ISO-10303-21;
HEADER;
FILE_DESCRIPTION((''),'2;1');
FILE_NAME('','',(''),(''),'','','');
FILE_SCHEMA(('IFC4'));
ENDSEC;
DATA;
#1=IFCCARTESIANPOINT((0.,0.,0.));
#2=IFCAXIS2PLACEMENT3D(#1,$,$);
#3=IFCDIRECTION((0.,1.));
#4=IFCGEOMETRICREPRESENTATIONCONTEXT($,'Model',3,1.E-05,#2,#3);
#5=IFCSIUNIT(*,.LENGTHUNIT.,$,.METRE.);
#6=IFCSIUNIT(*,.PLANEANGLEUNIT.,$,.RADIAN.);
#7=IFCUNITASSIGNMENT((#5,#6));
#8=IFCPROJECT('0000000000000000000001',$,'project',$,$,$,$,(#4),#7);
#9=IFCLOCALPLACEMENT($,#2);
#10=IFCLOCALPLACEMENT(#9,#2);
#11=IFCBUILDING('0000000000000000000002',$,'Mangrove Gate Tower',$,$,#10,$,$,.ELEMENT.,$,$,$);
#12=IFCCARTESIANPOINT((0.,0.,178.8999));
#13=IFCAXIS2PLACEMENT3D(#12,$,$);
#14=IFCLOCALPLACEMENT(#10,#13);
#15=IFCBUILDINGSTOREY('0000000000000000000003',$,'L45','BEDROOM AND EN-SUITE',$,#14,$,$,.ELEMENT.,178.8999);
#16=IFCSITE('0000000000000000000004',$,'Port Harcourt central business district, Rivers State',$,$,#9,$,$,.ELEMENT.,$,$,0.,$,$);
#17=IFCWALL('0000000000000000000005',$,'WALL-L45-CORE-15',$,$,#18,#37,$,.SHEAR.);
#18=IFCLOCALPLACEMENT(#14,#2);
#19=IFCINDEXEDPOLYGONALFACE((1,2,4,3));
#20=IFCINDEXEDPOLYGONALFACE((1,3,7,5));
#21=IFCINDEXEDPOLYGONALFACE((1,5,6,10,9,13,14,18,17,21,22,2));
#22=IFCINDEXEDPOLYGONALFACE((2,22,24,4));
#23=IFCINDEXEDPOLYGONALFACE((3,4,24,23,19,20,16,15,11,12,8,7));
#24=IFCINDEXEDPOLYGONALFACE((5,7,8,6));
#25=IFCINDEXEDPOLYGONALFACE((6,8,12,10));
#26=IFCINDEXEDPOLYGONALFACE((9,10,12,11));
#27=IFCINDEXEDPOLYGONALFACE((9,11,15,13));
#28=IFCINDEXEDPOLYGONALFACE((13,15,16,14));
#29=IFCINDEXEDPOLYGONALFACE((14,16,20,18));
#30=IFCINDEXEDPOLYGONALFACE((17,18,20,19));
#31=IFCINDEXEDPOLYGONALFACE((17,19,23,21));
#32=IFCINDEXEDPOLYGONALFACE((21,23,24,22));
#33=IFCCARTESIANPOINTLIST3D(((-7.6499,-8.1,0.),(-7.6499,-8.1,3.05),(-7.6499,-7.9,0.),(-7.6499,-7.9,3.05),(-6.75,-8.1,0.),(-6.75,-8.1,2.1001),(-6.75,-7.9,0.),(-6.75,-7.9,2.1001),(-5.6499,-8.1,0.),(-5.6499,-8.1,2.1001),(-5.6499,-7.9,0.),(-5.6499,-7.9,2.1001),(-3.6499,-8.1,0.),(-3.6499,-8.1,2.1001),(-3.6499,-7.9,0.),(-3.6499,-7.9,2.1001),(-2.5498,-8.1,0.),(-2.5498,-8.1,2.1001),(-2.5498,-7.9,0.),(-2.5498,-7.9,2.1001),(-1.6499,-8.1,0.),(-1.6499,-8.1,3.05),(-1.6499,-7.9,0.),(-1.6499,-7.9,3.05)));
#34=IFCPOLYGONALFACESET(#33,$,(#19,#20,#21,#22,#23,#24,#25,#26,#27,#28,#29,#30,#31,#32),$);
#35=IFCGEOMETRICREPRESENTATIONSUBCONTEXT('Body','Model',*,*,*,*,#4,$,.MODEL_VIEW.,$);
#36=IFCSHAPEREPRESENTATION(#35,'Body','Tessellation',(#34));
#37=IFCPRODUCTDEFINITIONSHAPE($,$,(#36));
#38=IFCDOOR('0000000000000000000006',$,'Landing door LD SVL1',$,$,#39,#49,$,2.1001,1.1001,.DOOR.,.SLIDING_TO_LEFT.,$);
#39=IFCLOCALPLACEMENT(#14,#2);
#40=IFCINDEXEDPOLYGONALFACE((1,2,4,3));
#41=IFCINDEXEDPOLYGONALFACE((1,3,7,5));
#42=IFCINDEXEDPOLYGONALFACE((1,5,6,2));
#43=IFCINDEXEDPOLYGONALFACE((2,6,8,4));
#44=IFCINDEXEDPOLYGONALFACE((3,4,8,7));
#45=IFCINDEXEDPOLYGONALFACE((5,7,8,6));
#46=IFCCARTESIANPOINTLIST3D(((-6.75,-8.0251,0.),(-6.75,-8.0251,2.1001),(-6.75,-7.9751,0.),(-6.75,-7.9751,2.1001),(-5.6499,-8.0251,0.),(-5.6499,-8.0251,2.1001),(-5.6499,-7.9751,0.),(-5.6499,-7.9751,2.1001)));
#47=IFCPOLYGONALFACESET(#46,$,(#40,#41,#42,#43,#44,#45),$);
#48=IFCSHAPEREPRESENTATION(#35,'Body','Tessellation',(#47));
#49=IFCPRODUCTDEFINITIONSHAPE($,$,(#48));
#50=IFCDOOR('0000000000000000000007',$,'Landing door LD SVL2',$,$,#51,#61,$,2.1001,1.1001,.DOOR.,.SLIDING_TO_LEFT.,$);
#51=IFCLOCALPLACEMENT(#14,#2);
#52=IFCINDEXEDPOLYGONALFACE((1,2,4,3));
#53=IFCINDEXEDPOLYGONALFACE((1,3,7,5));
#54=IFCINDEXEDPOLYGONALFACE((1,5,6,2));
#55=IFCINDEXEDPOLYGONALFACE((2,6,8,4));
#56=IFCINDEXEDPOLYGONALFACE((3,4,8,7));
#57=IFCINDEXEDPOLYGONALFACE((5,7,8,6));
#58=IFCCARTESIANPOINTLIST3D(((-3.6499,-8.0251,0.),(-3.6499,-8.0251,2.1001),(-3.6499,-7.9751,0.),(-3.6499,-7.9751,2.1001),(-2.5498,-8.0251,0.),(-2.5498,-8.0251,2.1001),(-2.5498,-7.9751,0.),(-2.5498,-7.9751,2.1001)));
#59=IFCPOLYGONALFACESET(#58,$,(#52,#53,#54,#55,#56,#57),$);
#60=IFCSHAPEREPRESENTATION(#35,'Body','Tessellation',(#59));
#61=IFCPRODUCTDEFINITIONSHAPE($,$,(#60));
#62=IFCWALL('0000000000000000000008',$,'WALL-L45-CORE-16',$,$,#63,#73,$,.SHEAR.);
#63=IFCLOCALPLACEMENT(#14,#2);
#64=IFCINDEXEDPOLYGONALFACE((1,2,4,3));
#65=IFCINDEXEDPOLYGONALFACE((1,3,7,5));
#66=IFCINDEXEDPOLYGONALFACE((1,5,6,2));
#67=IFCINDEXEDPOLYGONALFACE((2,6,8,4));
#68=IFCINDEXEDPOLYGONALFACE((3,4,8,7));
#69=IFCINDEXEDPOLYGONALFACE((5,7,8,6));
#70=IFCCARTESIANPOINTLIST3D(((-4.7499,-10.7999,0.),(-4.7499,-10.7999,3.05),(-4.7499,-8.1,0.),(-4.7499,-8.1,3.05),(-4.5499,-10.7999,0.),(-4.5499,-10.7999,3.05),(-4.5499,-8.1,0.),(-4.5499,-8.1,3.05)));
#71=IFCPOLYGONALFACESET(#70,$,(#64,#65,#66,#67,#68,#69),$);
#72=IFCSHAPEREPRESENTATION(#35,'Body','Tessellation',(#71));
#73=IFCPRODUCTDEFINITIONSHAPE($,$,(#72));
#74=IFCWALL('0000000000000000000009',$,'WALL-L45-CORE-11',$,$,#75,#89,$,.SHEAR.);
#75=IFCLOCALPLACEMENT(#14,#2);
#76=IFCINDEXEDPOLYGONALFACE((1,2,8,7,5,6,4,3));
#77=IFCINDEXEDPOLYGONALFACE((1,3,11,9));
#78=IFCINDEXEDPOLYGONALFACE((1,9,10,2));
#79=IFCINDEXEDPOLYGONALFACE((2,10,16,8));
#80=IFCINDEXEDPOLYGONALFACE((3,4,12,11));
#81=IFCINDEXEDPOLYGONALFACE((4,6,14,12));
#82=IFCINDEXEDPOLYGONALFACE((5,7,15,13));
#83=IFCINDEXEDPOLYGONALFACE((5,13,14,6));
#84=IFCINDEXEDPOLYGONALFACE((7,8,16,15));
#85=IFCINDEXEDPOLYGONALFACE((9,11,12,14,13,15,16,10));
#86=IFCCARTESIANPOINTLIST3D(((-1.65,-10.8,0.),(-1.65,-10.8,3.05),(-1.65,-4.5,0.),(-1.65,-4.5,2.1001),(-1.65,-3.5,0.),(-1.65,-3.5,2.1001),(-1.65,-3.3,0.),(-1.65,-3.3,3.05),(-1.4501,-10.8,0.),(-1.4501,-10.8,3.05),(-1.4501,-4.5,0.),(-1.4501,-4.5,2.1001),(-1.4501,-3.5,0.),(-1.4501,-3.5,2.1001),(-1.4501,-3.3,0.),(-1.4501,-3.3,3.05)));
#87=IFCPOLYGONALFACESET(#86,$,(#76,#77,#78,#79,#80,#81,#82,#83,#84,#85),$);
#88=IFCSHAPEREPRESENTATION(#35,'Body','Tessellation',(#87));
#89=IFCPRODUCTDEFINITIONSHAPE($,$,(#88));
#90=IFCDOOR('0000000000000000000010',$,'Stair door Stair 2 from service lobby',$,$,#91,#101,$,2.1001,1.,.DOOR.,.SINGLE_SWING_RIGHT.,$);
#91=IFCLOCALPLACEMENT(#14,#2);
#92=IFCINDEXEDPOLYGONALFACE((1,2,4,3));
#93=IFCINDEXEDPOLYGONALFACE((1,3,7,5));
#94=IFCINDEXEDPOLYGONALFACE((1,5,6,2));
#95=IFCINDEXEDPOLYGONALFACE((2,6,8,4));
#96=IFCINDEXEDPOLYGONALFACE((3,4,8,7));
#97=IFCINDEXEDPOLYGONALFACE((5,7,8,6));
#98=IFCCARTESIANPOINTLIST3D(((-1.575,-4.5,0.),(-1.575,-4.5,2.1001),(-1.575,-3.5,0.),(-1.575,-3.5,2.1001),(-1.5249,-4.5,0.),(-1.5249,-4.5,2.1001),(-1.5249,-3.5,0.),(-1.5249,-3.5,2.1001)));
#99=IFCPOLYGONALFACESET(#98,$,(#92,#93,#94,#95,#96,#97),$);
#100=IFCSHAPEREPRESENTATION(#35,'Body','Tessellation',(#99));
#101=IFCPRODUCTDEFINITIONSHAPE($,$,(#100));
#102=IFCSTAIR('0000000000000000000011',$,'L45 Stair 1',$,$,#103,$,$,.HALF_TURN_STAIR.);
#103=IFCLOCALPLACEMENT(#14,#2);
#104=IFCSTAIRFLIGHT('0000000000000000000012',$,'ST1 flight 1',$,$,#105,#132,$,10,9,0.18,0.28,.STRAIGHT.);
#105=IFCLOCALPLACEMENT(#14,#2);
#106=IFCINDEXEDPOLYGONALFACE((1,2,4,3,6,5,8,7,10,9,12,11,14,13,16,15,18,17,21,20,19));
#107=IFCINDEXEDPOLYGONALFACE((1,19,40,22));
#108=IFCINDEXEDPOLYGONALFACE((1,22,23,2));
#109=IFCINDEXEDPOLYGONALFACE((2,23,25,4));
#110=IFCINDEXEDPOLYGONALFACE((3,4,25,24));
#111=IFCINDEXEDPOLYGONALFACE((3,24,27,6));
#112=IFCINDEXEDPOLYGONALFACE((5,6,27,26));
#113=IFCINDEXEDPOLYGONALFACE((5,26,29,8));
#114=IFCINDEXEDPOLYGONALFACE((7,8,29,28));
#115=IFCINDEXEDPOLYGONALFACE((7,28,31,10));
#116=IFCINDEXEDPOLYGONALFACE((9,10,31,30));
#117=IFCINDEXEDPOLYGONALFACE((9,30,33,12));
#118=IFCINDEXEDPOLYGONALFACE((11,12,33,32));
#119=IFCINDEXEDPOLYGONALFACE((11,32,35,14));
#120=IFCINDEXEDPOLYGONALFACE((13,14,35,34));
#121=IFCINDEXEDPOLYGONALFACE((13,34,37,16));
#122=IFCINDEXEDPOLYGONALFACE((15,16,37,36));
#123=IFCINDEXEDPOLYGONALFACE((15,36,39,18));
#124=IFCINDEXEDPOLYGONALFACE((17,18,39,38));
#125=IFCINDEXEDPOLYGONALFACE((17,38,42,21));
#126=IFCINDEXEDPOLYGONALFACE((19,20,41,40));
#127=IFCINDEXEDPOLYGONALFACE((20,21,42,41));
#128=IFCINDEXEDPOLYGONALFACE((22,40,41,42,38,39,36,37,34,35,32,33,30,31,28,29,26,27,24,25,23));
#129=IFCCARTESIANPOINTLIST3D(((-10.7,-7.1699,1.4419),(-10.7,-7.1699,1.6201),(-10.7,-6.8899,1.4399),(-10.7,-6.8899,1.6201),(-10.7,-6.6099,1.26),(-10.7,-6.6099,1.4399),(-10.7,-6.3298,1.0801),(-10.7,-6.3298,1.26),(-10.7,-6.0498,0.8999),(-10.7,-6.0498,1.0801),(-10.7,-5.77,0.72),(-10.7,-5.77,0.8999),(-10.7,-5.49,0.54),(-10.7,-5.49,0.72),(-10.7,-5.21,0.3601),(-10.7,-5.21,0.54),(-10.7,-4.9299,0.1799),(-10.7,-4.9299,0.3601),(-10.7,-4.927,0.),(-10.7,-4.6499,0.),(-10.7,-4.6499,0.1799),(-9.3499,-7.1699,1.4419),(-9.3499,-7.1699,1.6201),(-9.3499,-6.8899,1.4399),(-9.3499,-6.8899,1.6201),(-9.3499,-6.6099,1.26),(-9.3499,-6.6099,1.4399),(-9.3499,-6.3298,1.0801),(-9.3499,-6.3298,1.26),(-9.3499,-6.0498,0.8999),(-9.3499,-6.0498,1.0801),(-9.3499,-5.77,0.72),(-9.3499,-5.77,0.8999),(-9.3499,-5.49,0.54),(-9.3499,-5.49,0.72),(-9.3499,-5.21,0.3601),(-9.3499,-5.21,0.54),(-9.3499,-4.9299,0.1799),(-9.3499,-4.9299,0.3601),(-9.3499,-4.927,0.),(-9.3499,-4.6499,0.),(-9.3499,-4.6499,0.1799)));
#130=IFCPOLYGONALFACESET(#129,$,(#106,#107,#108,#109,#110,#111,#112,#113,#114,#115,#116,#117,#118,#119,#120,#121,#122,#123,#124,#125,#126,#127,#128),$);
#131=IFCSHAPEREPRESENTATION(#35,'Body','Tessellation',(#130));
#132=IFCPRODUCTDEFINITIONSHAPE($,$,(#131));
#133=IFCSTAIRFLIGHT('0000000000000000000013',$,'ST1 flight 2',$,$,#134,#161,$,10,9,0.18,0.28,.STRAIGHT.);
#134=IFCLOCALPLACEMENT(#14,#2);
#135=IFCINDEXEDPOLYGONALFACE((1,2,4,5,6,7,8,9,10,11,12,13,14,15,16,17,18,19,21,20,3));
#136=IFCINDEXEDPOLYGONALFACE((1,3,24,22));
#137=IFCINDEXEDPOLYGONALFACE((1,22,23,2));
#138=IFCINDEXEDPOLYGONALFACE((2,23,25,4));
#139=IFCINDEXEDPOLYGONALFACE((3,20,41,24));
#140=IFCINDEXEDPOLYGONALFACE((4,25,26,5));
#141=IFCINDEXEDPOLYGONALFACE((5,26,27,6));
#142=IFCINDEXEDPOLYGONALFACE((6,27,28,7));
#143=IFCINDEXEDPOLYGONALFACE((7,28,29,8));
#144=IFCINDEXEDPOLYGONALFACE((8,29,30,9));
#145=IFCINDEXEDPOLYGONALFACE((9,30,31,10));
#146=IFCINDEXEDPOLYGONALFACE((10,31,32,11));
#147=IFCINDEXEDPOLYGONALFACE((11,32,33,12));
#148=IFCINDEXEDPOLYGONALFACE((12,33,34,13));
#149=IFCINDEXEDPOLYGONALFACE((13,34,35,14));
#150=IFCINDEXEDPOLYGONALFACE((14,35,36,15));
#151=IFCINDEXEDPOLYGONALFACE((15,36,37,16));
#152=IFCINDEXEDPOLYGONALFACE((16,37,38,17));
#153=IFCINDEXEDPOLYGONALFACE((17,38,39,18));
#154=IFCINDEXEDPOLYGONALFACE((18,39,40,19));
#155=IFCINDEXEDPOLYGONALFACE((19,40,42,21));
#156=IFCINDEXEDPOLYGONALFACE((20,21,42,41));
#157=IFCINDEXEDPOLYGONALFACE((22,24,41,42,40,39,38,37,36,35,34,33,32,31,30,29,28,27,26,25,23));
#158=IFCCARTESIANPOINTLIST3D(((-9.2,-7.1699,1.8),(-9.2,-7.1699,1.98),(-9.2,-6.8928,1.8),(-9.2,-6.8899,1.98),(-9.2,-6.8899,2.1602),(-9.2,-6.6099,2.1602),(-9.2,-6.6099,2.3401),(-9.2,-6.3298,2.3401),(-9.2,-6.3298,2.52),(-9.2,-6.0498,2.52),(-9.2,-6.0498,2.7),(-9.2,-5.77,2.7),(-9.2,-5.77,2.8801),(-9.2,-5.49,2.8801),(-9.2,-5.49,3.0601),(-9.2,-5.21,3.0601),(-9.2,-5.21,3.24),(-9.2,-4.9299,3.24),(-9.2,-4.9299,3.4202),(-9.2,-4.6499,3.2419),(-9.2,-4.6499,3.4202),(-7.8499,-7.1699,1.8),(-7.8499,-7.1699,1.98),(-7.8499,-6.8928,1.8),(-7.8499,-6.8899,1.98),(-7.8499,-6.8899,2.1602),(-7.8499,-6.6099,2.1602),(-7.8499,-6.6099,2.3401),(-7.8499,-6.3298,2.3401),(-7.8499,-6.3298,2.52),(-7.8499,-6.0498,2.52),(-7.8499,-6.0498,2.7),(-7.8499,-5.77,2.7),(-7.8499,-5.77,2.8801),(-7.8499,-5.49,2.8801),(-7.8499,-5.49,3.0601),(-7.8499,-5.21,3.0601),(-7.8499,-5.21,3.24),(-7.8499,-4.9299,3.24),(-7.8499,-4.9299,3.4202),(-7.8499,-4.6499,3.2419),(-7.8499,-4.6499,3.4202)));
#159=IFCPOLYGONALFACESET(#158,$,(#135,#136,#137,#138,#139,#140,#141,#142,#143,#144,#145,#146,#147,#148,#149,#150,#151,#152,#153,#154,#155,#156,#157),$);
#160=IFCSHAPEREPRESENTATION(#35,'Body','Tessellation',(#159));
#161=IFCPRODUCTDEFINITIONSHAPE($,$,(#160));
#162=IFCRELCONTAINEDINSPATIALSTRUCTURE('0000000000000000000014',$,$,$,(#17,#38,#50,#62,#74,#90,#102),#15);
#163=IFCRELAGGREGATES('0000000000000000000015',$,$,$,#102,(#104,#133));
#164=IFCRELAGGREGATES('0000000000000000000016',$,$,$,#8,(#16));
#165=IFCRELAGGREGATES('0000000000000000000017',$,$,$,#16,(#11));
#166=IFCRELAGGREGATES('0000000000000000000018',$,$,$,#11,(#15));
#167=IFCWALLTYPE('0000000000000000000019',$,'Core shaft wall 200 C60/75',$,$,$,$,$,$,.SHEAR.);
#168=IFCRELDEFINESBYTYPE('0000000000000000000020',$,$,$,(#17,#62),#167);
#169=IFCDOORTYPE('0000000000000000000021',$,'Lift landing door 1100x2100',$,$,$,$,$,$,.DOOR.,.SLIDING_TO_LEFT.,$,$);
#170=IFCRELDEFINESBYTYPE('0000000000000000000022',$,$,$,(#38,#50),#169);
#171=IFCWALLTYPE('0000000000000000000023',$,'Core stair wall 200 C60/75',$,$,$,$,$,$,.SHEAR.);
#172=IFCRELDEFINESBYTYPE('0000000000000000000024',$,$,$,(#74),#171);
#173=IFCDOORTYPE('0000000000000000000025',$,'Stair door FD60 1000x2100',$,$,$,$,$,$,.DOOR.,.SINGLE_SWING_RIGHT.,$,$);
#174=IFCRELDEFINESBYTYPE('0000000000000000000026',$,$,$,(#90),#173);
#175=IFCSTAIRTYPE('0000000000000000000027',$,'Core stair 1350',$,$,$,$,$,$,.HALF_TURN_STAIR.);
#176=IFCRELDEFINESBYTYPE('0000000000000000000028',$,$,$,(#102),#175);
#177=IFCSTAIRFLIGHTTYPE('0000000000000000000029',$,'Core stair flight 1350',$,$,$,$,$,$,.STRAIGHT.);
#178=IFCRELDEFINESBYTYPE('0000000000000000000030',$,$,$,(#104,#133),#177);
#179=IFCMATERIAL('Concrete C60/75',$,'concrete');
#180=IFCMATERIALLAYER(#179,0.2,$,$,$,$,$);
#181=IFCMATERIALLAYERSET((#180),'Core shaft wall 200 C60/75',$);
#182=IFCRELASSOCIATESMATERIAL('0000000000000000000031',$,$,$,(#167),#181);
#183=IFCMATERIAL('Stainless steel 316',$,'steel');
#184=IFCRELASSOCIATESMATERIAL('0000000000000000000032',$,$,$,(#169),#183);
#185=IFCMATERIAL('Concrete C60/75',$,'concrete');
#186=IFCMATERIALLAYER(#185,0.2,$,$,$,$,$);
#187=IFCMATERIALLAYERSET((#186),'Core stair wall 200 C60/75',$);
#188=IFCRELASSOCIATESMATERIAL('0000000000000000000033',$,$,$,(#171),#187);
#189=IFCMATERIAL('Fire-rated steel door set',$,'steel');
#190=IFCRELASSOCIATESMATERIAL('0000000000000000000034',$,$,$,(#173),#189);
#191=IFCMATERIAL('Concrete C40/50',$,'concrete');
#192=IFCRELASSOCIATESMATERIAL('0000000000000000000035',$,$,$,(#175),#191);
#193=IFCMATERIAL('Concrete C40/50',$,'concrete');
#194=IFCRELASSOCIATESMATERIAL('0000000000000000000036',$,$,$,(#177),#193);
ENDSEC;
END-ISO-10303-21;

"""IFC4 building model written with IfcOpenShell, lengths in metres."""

from ifc_helpers import new_model, si_unit, direction, frame, frame_2d, origin, place, context, subcontext, project, spatial, polyline, rectangle, outline, extrude, material, layer, layer_set, type_object, element, fill, aggregate, save


model = new_model("IFC4")

# Units and contexts
model_context = context("Model", 3, precision=1e-05, world=origin(), true_north=direction((0.0, 1.0)))
body_context = subcontext(model_context, "Body", "Model", "MODEL_VIEW")
ifc_project = project(units=[si_unit("LENGTHUNIT", "METRE"), si_unit("PLANEANGLEUNIT", "RADIAN")], contexts=[model_context])

# Site, building, storey
site_placement = place(None, origin())
site = spatial("IfcSite", under=ifc_project, at=site_placement, Name="Port Harcourt central business district, Rivers State", CompositionType="ELEMENT", RefElevation=0.0)
building_placement = place(site_placement, origin())
building = spatial("IfcBuilding", under=site, at=building_placement, Name="Mangrove Gate Tower", CompositionType="ELEMENT")
storey_placement = place(building_placement, frame((0.0, 0.0, 178.8999)))
storey = spatial("IfcBuildingStorey", under=building, at=storey_placement, Name="L45", Description="BEDROOM AND EN-SUITE", CompositionType="ELEMENT", Elevation=178.8999)

# Wall, openings, doors
ifc_material_1 = material(Name="Concrete C60/75", Category="concrete")
ifc_layer_1 = layer(ifc_material_1, 0.2)
ifc_layer_set_1 = layer_set([ifc_layer_1], Name="Core shaft wall 200 C60/75")
wall_type_1 = type_object("IfcWallType", Name="Core shaft wall 200 C60/75", PredefinedType="SHEAR", material=ifc_layer_set_1)
wall_1_placement = place(storey_placement, frame((-7.6499, -8.0, 0.0), z_axis=(0.0, 0.0, 1.0), x_axis=(1.0, 0.0, 0.0)))
wall_1 = element("IfcWall", 1, at=wall_1_placement, inside=storey, type_object=wall_type_1, Name="WALL-L45-CORE-15", PredefinedType="SHEAR", context=body_context, shape_type="SweptSolid", body=[
    extrude(rectangle(XDim=6.0, YDim=0.2, at=frame_2d((3.0, 0.0))), origin(), (0.0, 0.0, 1.0), 3.05),
])
opening_1_placement = place(wall_1_placement, frame((0.8999, 0.0, 0.0)))
opening_1 = element("IfcOpeningElement", 2, at=opening_1_placement, cuts=wall_1, PredefinedType="OPENING", context=body_context, shape_type="SweptSolid", body=[
    extrude(rectangle(XDim=1.1001, YDim=2.1001, at=frame_2d((0.55, 1.05))), frame((0.0, 0.1099, 0.0), z_axis=(0.0, -1.0, 0.0), x_axis=(1.0, 0.0, 0.0)), (0.0, 0.0, 1.0), 0.22),
])
opening_2_placement = place(wall_1_placement, frame((4.0, 0.0, 0.0)))
opening_2 = element("IfcOpeningElement", 3, at=opening_2_placement, cuts=wall_1, PredefinedType="OPENING", context=body_context, shape_type="SweptSolid", body=[
    extrude(rectangle(XDim=1.1001, YDim=2.1001, at=frame_2d((0.55, 1.05))), frame((0.0, 0.1099, 0.0), z_axis=(0.0, -1.0, 0.0), x_axis=(1.0, 0.0, 0.0)), (0.0, 0.0, 1.0), 0.22),
])
ifc_material_2 = material(Name="Stainless steel 316", Category="steel")
door_type_1 = type_object("IfcDoorType", Name="Lift landing door 1100x2100", OperationType="SLIDING_TO_LEFT", PredefinedType="DOOR", material=ifc_material_2)
door_1_placement = place(opening_1_placement, origin())
door_1 = element("IfcDoor", 4, at=door_1_placement, inside=storey, type_object=door_type_1, Name="Landing door LD SVL1", OperationType="SLIDING_TO_LEFT", OverallHeight=2.1001, OverallWidth=1.1001, PredefinedType="DOOR", context=body_context, shape_type="SweptSolid", body=[
    extrude(rectangle(XDim=1.1001, YDim=2.1001, at=frame_2d((0.55, 1.05))), frame((0.0, 0.0249, 0.0), z_axis=(0.0, -1.0, 0.0), x_axis=(1.0, 0.0, 0.0)), (0.0, 0.0, 1.0), 0.05),
])
fill(opening_1, door_1)
door_2_placement = place(opening_2_placement, origin())
door_2 = element("IfcDoor", 5, at=door_2_placement, inside=storey, type_object=door_type_1, Name="Landing door LD SVL2", OperationType="SLIDING_TO_LEFT", OverallHeight=2.1001, OverallWidth=1.1001, PredefinedType="DOOR", context=body_context, shape_type="SweptSolid", body=[
    extrude(rectangle(XDim=1.1001, YDim=2.1001, at=frame_2d((0.55, 1.05))), frame((0.0, 0.0249, 0.0), z_axis=(0.0, -1.0, 0.0), x_axis=(1.0, 0.0, 0.0)), (0.0, 0.0, 1.0), 0.05),
])
fill(opening_2, door_2)

# Wall
wall_2_placement = place(storey_placement, frame((-4.6499, -10.8, 0.0), z_axis=(0.0, 0.0, 1.0), x_axis=(0.0, 1.0, 0.0)))
element("IfcWall", 6, at=wall_2_placement, inside=storey, type_object=wall_type_1, Name="WALL-L45-CORE-16", PredefinedType="SHEAR", context=body_context, shape_type="SweptSolid", body=[
    extrude(rectangle(XDim=2.7, YDim=0.2, at=frame_2d((1.3501, 0.0))), origin(), (0.0, 0.0, 1.0), 3.05),
])

# Wall, opening, door
ifc_material_3 = material(Name="Concrete C60/75", Category="concrete")
ifc_layer_2 = layer(ifc_material_3, 0.2)
ifc_layer_set_2 = layer_set([ifc_layer_2], Name="Core stair wall 200 C60/75")
wall_type_2 = type_object("IfcWallType", Name="Core stair wall 200 C60/75", PredefinedType="SHEAR", material=ifc_layer_set_2)
wall_3_placement = place(storey_placement, frame((-1.55, -10.8, 0.0), z_axis=(0.0, 0.0, 1.0), x_axis=(0.0, 1.0, 0.0)))
wall_3 = element("IfcWall", 7, at=wall_3_placement, inside=storey, type_object=wall_type_2, Name="WALL-L45-CORE-11", PredefinedType="SHEAR", context=body_context, shape_type="SweptSolid", body=[
    extrude(rectangle(XDim=7.5, YDim=0.2, at=frame_2d((3.75, 0.0))), origin(), (0.0, 0.0, 1.0), 3.05),
])
opening_3_placement = place(wall_3_placement, frame((6.3, 0.0, 0.0)))
opening_3 = element("IfcOpeningElement", 8, at=opening_3_placement, cuts=wall_3, PredefinedType="OPENING", context=body_context, shape_type="SweptSolid", body=[
    extrude(rectangle(XDim=1.0, YDim=2.1001, at=frame_2d((0.5, 1.05))), frame((0.0, 0.1099, 0.0), z_axis=(0.0, -1.0, 0.0), x_axis=(1.0, 0.0, 0.0)), (0.0, 0.0, 1.0), 0.22),
])
ifc_material_4 = material(Name="Fire-rated steel door set", Category="steel")
door_type_2 = type_object("IfcDoorType", Name="Stair door FD60 1000x2100", OperationType="SINGLE_SWING_RIGHT", PredefinedType="DOOR", material=ifc_material_4)
door_3_placement = place(opening_3_placement, origin())
door_3 = element("IfcDoor", 9, at=door_3_placement, inside=storey, type_object=door_type_2, Name="Stair door Stair 2 from service lobby", OperationType="SINGLE_SWING_RIGHT", OverallHeight=2.1001, OverallWidth=1.0, PredefinedType="DOOR", context=body_context, shape_type="SweptSolid", body=[
    extrude(rectangle(XDim=1.0, YDim=2.1001, at=frame_2d((0.5, 1.05))), frame((0.0, 0.0249, 0.0), z_axis=(0.0, -1.0, 0.0), x_axis=(1.0, 0.0, 0.0)), (0.0, 0.0, 1.0), 0.05),
])
fill(opening_3, door_3)

# Stair, stair flights
ifc_material_5 = material(Name="Concrete C40/50", Category="concrete")
stair_type = type_object("IfcStairType", Name="Core stair 1350", PredefinedType="HALF_TURN_STAIR", material=ifc_material_5)
stair_1_placement = place(storey_placement, origin())
stair_1 = element("IfcStair", 10, at=stair_1_placement, inside=storey, type_object=stair_type, Name="L45 Stair 1", PredefinedType="HALF_TURN_STAIR")
ifc_material_6 = material(Name="Concrete C40/50", Category="concrete")
stair_flight_type = type_object("IfcStairFlightType", Name="Core stair flight 1350", PredefinedType="STRAIGHT", material=ifc_material_6)
stair_flight_1_placement = place(storey_placement, frame((-10.0249, -4.6499, 0.0), z_axis=(0.0, 0.0, 1.0), x_axis=(0.0, -1.0, 0.0)))
stair_flight_1 = element("IfcStairFlight", 11, at=stair_flight_1_placement, type_object=stair_flight_type, Name="ST1 flight 1", NumberOfRisers=10, NumberOfTreads=9, PredefinedType="STRAIGHT", RiserHeight=0.18, TreadLength=0.28, context=body_context, shape_type="SweptSolid", body=[
    extrude(outline(polyline([(0.0, 0.0), (0.0, 0.1799), (0.28, 0.1799), (0.28, 0.3601), (0.5601, 0.3601), (0.5601, 0.54), (0.8401, 0.54), (0.8401, 0.72), (1.1201, 0.72), (1.1201, 0.8999), (1.3999, 0.8999), (1.3999, 1.0801), (1.6799, 1.0801), (1.6799, 1.26), (1.96, 1.26), (1.96, 1.4399), (2.24, 1.4399), (2.24, 1.6201), (2.52, 1.6201), (2.52, 1.8), (2.52, 1.4419), (0.2771, 0.0), (0.0, 0.0)])), frame((0.0, 0.675, 0.0), z_axis=(0.0, -1.0, 0.0), x_axis=(1.0, 0.0, 0.0)), (0.0, 0.0, 1.0), 1.3501),
])
stair_flight_2_placement = place(storey_placement, frame((-8.5249, -7.1699, 1.8), z_axis=(0.0, 0.0, 1.0), x_axis=(0.0, 1.0, 0.0)))
stair_flight_2 = element("IfcStairFlight", 12, at=stair_flight_2_placement, type_object=stair_flight_type, Name="ST1 flight 2", NumberOfRisers=10, NumberOfTreads=9, PredefinedType="STRAIGHT", RiserHeight=0.18, TreadLength=0.28, context=body_context, shape_type="SweptSolid", body=[
    extrude(outline(polyline([(0.0, 0.0), (0.0, 0.1799), (0.28, 0.1799), (0.28, 0.3601), (0.5601, 0.3601), (0.5601, 0.54), (0.8401, 0.54), (0.8401, 0.72), (1.1201, 0.72), (1.1201, 0.8999), (1.3999, 0.8999), (1.3999, 1.0801), (1.6799, 1.0801), (1.6799, 1.26), (1.96, 1.26), (1.96, 1.4399), (2.24, 1.4399), (2.24, 1.6201), (2.52, 1.6201), (2.52, 1.8), (2.52, 1.4419), (0.2771, 0.0), (0.0, 0.0)])), frame((0.0, 0.675, 0.0), z_axis=(0.0, -1.0, 0.0), x_axis=(1.0, 0.0, 0.0)), (0.0, 0.0, 1.0), 1.3501),
])
aggregate(stair_1, [stair_flight_1, stair_flight_2])

save(model, "model.ifc")
